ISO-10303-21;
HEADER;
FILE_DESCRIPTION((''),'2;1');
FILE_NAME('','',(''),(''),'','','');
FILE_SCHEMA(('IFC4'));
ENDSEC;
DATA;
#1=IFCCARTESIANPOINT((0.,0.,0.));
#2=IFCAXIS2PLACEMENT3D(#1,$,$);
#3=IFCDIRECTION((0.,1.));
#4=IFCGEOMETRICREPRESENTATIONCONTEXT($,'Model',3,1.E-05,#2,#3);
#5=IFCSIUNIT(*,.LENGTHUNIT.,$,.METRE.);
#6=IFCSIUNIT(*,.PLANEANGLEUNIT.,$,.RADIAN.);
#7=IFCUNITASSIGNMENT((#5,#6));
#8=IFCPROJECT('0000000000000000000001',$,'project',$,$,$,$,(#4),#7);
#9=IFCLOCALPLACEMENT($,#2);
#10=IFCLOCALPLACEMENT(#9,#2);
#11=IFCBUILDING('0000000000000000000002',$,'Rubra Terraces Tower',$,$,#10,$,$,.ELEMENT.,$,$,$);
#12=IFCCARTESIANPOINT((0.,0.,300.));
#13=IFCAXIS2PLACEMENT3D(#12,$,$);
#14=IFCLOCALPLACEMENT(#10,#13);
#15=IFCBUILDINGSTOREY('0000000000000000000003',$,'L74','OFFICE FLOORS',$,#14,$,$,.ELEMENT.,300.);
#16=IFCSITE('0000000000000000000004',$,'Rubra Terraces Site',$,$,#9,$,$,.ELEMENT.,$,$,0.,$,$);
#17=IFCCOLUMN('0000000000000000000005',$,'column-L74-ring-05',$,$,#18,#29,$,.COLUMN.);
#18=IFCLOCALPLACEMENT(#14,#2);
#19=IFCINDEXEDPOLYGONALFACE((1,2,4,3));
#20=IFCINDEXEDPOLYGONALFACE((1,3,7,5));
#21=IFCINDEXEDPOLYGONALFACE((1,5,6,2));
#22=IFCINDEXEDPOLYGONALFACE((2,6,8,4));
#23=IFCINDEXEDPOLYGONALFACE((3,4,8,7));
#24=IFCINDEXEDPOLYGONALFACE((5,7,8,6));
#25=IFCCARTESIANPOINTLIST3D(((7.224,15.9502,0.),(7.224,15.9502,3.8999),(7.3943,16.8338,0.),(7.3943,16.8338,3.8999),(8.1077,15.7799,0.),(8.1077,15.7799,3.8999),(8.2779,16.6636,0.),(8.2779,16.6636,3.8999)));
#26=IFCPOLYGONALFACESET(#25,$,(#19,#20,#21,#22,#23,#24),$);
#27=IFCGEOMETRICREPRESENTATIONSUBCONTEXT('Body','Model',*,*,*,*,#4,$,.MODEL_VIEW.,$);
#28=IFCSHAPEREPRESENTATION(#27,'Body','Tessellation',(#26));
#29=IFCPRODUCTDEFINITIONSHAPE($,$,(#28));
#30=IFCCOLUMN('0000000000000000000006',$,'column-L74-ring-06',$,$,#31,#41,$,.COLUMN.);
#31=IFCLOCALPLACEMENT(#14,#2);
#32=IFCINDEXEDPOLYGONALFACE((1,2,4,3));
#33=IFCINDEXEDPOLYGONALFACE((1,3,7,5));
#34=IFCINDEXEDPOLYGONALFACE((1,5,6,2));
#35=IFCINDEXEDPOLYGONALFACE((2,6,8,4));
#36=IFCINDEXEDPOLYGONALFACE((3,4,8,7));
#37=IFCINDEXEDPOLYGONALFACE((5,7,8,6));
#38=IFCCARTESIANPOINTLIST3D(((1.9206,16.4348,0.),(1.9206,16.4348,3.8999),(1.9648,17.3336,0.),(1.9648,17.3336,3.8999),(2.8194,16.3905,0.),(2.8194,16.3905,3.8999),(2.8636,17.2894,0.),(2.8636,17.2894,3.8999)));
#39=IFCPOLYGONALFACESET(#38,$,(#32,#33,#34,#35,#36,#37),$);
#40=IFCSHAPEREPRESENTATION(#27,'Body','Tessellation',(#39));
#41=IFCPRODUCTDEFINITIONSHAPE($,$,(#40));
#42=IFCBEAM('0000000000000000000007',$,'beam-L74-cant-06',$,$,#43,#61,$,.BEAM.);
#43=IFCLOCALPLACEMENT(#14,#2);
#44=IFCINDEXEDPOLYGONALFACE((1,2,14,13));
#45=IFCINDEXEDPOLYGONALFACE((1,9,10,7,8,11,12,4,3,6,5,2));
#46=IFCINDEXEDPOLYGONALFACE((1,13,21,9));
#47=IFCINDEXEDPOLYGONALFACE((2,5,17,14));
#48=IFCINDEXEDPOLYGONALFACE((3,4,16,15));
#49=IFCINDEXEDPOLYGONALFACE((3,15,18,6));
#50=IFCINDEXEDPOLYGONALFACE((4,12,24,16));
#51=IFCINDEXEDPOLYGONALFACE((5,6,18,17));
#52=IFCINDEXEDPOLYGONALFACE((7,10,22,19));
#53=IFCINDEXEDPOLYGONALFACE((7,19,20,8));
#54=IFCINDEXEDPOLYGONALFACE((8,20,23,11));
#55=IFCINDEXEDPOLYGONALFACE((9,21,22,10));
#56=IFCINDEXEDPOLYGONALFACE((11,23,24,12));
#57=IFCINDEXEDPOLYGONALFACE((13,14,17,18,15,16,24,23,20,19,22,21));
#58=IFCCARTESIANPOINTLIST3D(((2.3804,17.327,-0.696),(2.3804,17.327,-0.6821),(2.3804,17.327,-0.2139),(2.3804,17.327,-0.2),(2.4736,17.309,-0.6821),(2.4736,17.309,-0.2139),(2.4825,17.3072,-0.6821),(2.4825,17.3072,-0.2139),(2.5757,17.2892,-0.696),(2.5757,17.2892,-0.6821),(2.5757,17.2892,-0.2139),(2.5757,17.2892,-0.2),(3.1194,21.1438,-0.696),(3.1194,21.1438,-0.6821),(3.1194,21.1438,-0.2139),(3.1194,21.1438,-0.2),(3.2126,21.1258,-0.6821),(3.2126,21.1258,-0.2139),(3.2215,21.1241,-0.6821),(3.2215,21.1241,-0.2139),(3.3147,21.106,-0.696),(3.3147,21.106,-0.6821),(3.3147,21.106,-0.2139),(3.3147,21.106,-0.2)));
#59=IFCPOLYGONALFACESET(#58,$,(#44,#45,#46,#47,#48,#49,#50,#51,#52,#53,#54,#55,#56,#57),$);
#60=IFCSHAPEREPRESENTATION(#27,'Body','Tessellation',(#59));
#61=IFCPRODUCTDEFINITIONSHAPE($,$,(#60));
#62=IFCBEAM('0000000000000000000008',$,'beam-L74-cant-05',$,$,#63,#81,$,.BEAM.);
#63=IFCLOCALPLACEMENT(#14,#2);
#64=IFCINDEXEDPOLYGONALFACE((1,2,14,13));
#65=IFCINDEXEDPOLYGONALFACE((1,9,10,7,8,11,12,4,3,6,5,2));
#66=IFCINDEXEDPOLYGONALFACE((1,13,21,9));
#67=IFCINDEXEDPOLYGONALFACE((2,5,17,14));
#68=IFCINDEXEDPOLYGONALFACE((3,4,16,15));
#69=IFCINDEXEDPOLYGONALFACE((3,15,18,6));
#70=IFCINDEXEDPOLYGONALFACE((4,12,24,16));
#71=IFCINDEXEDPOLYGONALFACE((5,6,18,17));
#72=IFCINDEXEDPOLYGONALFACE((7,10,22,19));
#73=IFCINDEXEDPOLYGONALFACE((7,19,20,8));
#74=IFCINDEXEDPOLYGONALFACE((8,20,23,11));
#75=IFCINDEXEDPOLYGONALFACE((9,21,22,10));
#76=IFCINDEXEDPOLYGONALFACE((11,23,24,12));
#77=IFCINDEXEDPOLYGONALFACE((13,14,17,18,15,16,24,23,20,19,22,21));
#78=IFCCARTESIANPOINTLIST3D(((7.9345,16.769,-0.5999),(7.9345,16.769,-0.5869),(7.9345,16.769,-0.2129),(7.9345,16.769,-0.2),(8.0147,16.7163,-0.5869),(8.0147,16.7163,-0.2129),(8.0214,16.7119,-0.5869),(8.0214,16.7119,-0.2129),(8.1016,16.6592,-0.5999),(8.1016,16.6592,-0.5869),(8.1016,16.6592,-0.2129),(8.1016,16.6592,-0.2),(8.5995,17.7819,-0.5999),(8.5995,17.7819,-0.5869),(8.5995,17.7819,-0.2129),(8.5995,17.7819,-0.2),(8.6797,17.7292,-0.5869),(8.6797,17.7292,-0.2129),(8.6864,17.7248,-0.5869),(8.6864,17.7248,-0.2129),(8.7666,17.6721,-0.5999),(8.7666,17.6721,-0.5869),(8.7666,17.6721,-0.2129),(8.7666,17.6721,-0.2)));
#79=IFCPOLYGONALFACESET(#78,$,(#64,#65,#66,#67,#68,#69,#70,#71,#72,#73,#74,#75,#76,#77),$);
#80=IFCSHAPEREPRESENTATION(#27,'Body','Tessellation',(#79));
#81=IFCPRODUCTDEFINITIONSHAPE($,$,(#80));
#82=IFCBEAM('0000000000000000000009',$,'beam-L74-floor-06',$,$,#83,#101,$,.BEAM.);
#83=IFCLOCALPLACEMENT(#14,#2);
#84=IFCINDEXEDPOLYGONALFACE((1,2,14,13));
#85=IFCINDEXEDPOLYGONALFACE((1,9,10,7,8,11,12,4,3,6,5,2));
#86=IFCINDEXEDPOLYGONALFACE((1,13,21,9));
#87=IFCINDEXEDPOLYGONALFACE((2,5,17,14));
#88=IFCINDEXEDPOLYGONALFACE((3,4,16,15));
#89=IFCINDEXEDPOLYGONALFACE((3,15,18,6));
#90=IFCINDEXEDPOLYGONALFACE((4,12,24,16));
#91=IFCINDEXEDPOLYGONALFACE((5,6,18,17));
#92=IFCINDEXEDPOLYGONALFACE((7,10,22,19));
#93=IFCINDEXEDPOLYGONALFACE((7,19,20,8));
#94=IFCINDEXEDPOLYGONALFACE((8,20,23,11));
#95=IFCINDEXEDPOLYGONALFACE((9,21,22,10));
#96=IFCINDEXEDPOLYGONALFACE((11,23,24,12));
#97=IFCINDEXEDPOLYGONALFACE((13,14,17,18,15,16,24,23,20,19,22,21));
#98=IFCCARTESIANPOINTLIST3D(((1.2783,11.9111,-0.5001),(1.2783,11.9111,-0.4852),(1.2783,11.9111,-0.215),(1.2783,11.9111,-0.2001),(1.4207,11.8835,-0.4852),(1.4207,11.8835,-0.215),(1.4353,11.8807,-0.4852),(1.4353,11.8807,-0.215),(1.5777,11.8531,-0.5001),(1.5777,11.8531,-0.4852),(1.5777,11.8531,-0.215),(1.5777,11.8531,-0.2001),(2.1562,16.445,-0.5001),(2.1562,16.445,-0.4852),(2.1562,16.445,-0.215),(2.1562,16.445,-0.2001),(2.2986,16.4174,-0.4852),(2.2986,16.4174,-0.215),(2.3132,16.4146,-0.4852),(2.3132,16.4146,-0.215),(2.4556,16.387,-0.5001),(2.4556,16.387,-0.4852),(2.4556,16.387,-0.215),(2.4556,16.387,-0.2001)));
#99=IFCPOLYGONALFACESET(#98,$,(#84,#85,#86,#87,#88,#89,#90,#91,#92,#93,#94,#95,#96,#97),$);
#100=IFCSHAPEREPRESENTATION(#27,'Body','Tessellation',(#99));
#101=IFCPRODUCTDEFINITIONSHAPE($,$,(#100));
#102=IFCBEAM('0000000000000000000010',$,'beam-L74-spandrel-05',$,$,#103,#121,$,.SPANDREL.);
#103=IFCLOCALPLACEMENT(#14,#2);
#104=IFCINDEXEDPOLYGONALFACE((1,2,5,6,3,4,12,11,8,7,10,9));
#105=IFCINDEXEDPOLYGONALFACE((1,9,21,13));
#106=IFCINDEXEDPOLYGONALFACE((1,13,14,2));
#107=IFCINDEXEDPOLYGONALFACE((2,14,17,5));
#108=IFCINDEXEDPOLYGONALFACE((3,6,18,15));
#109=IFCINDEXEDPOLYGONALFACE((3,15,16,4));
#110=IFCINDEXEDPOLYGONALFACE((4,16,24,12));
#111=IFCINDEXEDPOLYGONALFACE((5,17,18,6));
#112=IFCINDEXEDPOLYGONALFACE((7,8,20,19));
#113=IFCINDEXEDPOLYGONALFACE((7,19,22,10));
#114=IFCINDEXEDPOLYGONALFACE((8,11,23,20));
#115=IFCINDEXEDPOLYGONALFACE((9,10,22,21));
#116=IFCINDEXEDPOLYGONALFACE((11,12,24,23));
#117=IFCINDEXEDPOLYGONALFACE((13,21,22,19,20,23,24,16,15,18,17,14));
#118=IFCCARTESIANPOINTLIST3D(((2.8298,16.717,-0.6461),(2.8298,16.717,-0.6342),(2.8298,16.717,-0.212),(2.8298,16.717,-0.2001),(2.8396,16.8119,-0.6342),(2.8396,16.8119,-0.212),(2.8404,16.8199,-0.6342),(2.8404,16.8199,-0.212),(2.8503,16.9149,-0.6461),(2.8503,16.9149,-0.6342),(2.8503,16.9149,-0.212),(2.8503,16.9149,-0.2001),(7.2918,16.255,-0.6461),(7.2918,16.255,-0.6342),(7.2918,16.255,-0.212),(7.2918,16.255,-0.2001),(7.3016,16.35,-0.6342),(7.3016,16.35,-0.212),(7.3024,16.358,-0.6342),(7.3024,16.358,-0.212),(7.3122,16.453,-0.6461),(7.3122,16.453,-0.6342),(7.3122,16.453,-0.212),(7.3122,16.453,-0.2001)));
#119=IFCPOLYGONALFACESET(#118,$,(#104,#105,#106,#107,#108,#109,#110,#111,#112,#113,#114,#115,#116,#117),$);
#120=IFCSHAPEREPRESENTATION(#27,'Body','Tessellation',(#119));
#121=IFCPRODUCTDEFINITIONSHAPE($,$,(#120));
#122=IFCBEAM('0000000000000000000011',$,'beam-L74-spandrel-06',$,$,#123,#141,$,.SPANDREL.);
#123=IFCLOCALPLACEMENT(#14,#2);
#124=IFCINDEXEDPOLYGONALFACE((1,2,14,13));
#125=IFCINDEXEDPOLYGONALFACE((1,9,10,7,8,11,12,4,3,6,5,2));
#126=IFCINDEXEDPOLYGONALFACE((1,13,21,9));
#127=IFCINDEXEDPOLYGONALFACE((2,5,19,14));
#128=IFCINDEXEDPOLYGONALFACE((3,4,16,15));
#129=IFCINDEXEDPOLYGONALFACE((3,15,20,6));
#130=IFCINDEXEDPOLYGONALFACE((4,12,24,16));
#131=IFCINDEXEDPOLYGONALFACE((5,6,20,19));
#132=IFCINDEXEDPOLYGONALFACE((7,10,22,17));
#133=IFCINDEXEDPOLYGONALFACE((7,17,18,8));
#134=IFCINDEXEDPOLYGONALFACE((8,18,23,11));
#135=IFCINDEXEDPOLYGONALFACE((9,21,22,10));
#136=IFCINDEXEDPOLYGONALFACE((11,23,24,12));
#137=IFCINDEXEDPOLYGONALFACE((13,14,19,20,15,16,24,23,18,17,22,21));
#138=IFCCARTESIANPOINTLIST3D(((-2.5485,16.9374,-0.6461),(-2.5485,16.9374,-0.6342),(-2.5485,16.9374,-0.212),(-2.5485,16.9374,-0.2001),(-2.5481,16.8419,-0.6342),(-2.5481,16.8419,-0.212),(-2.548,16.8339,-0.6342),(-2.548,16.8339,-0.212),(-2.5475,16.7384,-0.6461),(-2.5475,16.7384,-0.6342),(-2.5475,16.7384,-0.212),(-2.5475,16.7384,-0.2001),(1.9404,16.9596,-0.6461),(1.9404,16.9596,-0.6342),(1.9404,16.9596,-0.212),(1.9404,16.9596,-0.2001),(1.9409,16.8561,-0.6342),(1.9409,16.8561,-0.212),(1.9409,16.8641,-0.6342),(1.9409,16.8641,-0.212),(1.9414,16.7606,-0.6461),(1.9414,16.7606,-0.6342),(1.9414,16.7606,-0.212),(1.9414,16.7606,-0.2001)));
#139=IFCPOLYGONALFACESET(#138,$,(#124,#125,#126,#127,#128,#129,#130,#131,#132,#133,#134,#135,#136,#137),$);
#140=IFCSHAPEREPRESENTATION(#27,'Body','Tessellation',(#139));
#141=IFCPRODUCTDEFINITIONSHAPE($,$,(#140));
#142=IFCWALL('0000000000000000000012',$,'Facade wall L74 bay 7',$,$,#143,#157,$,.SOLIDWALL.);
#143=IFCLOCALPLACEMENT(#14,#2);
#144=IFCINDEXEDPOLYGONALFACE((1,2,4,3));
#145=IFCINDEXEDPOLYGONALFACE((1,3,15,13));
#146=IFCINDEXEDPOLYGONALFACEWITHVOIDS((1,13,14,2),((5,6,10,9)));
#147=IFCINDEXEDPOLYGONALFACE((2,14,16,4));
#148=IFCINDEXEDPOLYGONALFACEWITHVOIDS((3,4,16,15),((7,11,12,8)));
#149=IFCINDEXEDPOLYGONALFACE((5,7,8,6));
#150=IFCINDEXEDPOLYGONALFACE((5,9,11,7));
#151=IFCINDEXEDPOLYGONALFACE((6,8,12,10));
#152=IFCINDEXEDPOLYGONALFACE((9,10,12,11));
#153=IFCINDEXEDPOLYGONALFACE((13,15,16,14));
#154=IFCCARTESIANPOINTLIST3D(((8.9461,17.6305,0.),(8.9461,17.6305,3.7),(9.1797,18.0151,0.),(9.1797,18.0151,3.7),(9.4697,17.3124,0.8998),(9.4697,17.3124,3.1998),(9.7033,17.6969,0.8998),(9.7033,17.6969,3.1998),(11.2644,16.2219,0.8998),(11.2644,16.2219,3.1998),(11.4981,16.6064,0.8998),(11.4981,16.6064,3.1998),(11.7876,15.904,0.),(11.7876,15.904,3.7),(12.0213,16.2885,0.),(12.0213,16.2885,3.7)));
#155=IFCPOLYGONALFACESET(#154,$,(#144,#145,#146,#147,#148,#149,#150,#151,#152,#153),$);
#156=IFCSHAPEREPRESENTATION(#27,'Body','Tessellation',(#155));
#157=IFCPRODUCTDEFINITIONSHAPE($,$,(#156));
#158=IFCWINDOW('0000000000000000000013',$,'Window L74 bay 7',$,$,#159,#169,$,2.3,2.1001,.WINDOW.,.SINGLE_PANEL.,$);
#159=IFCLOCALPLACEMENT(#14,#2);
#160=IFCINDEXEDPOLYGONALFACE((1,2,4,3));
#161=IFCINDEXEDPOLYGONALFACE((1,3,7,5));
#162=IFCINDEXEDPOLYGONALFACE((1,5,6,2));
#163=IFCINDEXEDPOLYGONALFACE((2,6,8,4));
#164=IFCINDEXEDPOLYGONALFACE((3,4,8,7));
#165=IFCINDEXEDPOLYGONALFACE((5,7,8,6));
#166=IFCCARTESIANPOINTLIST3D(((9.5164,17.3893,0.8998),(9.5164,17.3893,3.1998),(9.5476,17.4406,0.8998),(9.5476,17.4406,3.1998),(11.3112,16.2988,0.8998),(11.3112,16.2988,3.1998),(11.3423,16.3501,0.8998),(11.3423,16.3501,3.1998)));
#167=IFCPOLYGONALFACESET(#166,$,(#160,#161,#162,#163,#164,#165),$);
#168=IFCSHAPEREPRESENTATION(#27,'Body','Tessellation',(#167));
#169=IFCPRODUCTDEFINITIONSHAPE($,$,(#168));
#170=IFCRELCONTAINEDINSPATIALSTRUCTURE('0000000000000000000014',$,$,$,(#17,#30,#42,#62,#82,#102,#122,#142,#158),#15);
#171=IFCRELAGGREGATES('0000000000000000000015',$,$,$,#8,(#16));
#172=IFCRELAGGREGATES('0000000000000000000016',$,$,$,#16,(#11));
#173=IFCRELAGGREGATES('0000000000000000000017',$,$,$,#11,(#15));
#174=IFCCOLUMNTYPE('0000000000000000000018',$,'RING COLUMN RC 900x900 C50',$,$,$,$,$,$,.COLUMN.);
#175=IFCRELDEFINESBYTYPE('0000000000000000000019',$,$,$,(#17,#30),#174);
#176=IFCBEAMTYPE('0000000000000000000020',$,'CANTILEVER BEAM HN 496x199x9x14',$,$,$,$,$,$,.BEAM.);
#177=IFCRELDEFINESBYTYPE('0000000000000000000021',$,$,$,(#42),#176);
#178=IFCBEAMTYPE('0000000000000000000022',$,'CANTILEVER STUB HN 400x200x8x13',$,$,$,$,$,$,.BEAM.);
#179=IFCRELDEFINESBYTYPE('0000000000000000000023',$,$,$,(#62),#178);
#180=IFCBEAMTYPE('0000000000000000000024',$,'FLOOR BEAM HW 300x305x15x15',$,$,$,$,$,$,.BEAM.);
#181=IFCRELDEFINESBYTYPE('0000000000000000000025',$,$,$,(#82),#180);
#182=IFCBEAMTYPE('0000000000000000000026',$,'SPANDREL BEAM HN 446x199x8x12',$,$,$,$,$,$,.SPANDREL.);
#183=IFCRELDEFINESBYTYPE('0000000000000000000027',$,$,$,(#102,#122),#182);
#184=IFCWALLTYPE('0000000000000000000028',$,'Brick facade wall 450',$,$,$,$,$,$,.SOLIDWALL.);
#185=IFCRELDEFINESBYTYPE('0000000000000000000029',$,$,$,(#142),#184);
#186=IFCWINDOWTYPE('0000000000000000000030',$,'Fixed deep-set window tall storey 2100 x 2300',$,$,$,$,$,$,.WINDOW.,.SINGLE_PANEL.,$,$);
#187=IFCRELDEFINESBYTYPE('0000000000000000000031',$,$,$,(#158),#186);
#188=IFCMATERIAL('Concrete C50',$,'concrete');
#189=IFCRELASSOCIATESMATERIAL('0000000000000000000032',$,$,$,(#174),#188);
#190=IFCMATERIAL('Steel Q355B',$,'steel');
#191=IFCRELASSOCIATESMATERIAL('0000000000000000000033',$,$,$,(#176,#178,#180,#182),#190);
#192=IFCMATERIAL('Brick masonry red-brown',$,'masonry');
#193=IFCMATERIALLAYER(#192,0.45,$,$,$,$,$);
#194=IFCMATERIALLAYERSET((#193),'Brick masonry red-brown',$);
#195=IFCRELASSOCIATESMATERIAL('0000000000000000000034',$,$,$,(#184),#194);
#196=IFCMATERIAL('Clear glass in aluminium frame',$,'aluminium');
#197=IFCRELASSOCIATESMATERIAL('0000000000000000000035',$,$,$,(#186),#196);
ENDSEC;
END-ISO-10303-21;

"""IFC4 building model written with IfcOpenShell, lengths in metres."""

from ifc_helpers import new_model, si_unit, direction, frame, frame_2d, origin, origin_2d, place, context, subcontext, project, spatial, rectangle, i_section, extrude, material, layer, layer_set, material_profile, profile_set, type_object, element, fill, save


model = new_model("IFC4")

# Units and contexts
model_context = context("Model", 3, precision=1e-05, world=origin(), true_north=direction((0.0, 1.0)))
body_context = subcontext(model_context, "Body", "Model", "MODEL_VIEW")
ifc_project = project(units=[si_unit("LENGTHUNIT", "METRE"), si_unit("PLANEANGLEUNIT", "RADIAN")], contexts=[model_context])

# Site, building, storey
site_placement = place(None, origin())
site = spatial("IfcSite", under=ifc_project, at=site_placement, Name="Rubra Terraces Site", CompositionType="ELEMENT", RefElevation=0.0)
building_placement = place(site_placement, origin())
building = spatial("IfcBuilding", under=site, at=building_placement, Name="Rubra Terraces Tower", CompositionType="ELEMENT")
storey_placement = place(building_placement, frame((0.0, 0.0, 300.0)))
storey = spatial("IfcBuildingStorey", under=building, at=storey_placement, Name="L74", Description="OFFICE FLOORS", CompositionType="ELEMENT", Elevation=300.0)

# Columns
ifc_material_1 = material(Name="Concrete C50", Category="concrete")
ifc_material_profile_1 = material_profile(ifc_material_1, rectangle(XDim=0.8999, YDim=0.8999, at=origin_2d()), Name="RC 900x900")
ifc_profile_set_1 = profile_set([ifc_material_profile_1], Name="Concrete C50")
column_type = type_object("IfcColumnType", Name="RING COLUMN RC 900x900 C50", PredefinedType="COLUMN", material=ifc_profile_set_1)
for number, where, z_axis, x_axis, name in (
    (1, (7.751, 16.3069, 0.0), (0.0, 0.0, 1.0), (-0.981937, 0.18921, 0.0), "column-L74-ring-05"),
    (2, (2.3921, 16.8621, 0.0), (0.0, 0.0, 1.0), (-0.998791, 0.04915, 0.0), "column-L74-ring-06"),
):
    element("IfcColumn", number, at=place(storey_placement, frame(where, z_axis=z_axis, x_axis=x_axis)), inside=storey, type_object=column_type, Name=name, PredefinedType="COLUMN", context=body_context, shape_type="SweptSolid", body=[
        extrude(rectangle(XDim=0.8999, YDim=0.8999, at=origin_2d()), origin(), (0.0, 0.0, 1.0), 3.8999),
    ])

# Beams
ifc_material_2 = material(Name="Steel Q355B", Category="steel")
ifc_material_profile_2 = material_profile(ifc_material_2, i_section(OverallWidth=0.199, OverallDepth=0.4961, WebThickness=0.009, FlangeThickness=0.0139, at=origin_2d()), Name="HN 496x199x9x14")
ifc_profile_set_2 = profile_set([ifc_material_profile_2], Name="Steel Q355B")
beam_type_1 = type_object("IfcBeamType", Name="CANTILEVER BEAM HN 496x199x9x14", PredefinedType="BEAM", material=ifc_profile_set_2)
beam_1_placement = place(storey_placement, frame((2.478, 17.3081, -0.448), z_axis=(0.190086, 0.981767, 0.0), x_axis=(-0.981767, 0.190086, 0.0)))
element("IfcBeam", 3, at=beam_1_placement, inside=storey, type_object=beam_type_1, Name="beam-L74-cant-06", PredefinedType="BEAM", context=body_context, shape_type="SweptSolid", body=[
    extrude(i_section(OverallWidth=0.199, OverallDepth=0.4961, WebThickness=0.009, FlangeThickness=0.0139, at=origin_2d()), origin(), (0.0, 0.0, 1.0), 3.8877),
])
ifc_material_profile_3 = material_profile(ifc_material_2, i_section(OverallWidth=0.2, OverallDepth=0.3999, WebThickness=0.0081, FlangeThickness=0.0129, at=origin_2d()), Name="HN 400x200x8x13")
ifc_profile_set_3 = profile_set([ifc_material_profile_3], Name="Steel Q355B")
beam_type_2 = type_object("IfcBeamType", Name="CANTILEVER STUB HN 400x200x8x13", PredefinedType="BEAM", material=ifc_profile_set_3)
beam_2_placement = place(storey_placement, frame((8.0181, 16.7141, -0.3999), z_axis=(0.548828, 0.835935, 0.0), x_axis=(-0.835935, 0.548828, 0.0)))
element("IfcBeam", 4, at=beam_2_placement, inside=storey, type_object=beam_type_2, Name="beam-L74-cant-05", PredefinedType="BEAM", context=body_context, shape_type="SweptSolid", body=[
    extrude(i_section(OverallWidth=0.2, OverallDepth=0.3999, WebThickness=0.0081, FlangeThickness=0.0129, at=origin_2d()), origin(), (0.0, 0.0, 1.0), 1.2117),
])
ifc_material_profile_4 = material_profile(ifc_material_2, i_section(OverallWidth=0.3049, OverallDepth=0.3, WebThickness=0.0149, FlangeThickness=0.0149, at=origin_2d()), Name="HW 300x305x15x15")
ifc_profile_set_4 = profile_set([ifc_material_profile_4], Name="Steel Q355B")
beam_type_3 = type_object("IfcBeamType", Name="FLOOR BEAM HW 300x305x15x15", PredefinedType="BEAM", material=ifc_profile_set_4)
beam_3_placement = place(storey_placement, frame((2.3059, 16.416, -0.3501), z_axis=(-0.190104, -0.981764, 0.0), x_axis=(0.981764, -0.190104, 0.0)))
element("IfcBeam", 5, at=beam_3_placement, inside=storey, type_object=beam_type_3, Name="beam-L74-floor-06", PredefinedType="BEAM", context=body_context, shape_type="SweptSolid", body=[
    extrude(i_section(OverallWidth=0.3049, OverallDepth=0.3, WebThickness=0.0149, FlangeThickness=0.0149, at=origin_2d()), origin(), (0.0, 0.0, 1.0), 4.6182),
])
ifc_material_profile_5 = material_profile(ifc_material_2, i_section(OverallWidth=0.199, OverallDepth=0.446, WebThickness=0.0081, FlangeThickness=0.012, at=origin_2d()), Name="HN 446x199x8x12")
ifc_profile_set_5 = profile_set([ifc_material_profile_5], Name="Steel Q355B")
beam_type_4 = type_object("IfcBeamType", Name="SPANDREL BEAM HN 446x199x8x12", PredefinedType="SPANDREL", material=ifc_profile_set_5)
beam_4_placement = place(storey_placement, frame((7.302, 16.354, -0.4231), z_axis=(-0.994684, 0.102973, 0.0), x_axis=(-0.102973, -0.994684, 0.0)))
element("IfcBeam", 6, at=beam_4_placement, inside=storey, type_object=beam_type_4, Name="beam-L74-spandrel-05", PredefinedType="SPANDREL", context=body_context, shape_type="SweptSolid", body=[
    extrude(i_section(OverallWidth=0.199, OverallDepth=0.446, WebThickness=0.0081, FlangeThickness=0.012, at=origin_2d()), origin(), (0.0, 0.0, 1.0), 4.4858),
])
beam_5_placement = place(storey_placement, frame((1.9409, 16.8601, -0.4231), z_axis=(-0.999988, -0.004949, 0.0), x_axis=(0.004949, -0.999988, 0.0)))
element("IfcBeam", 7, at=beam_5_placement, inside=storey, type_object=beam_type_4, Name="beam-L74-spandrel-06", PredefinedType="SPANDREL", context=body_context, shape_type="SweptSolid", body=[
    extrude(i_section(OverallWidth=0.199, OverallDepth=0.446, WebThickness=0.0081, FlangeThickness=0.012, at=origin_2d()), origin(), (0.0, 0.0, 1.0), 4.489),
])

# Wall, opening, window
ifc_material_3 = material(Name="Brick masonry red-brown", Category="masonry")
ifc_layer_1 = layer(ifc_material_3, 0.45)
ifc_layer_set_1 = layer_set([ifc_layer_1], Name="Brick masonry red-brown")
wall_type_1 = type_object("IfcWallType", Name="Brick facade wall 450", PredefinedType="SOLIDWALL", material=ifc_layer_set_1)
wall_1_placement = place(storey_placement, frame((11.9045, 16.0962, 0.0), z_axis=(0.0, 0.0, 1.0), x_axis=(-0.854609, 0.519271, 0.0)))
wall_1 = element("IfcWall", 8, at=wall_1_placement, inside=storey, type_object=wall_type_1, Name="Facade wall L74 bay 7", PredefinedType="SOLIDWALL", context=body_context, shape_type="SweptSolid", body=[
    extrude(rectangle(XDim=3.325, YDim=0.45, at=frame_2d((1.6626, 0.0))), origin(), (0.0, 0.0, 1.0), 3.7),
])
opening_1_placement = place(wall_1_placement, frame((0.6123, 0.0, 0.8999)))
opening_1 = element("IfcOpeningElement", 9, at=opening_1_placement, cuts=wall_1, PredefinedType="OPENING", context=body_context, shape_type="SweptSolid", body=[
    extrude(rectangle(XDim=2.1001, YDim=2.3, at=frame_2d((1.05, 1.1499))), frame((0.0, 0.2349, 0.0), z_axis=(0.0, -1.0, 0.0), x_axis=(1.0, 0.0, 0.0)), (0.0, 0.0, 1.0), 0.47),
])
ifc_material_4 = material(Name="Clear glass in aluminium frame", Category="aluminium")
window_type_1 = type_object("IfcWindowType", Name="Fixed deep-set window tall storey 2100 x 2300", PartitioningType="SINGLE_PANEL", PredefinedType="WINDOW", material=ifc_material_4)
window_1_placement = place(opening_1_placement, origin())
window_1 = element("IfcWindow", 10, at=window_1_placement, inside=storey, type_object=window_type_1, Name="Window L74 bay 7", OverallHeight=2.3, OverallWidth=2.1001, PartitioningType="SINGLE_PANEL", PredefinedType="WINDOW", context=body_context, shape_type="SweptSolid", body=[
    extrude(rectangle(XDim=2.1001, YDim=2.3, at=frame_2d((1.05, 1.1499))), frame((0.0, 0.135, 0.0), z_axis=(0.0, -1.0, 0.0), x_axis=(1.0, 0.0, 0.0)), (0.0, 0.0, 1.0), 0.0601),
])
fill(opening_1, window_1)

save(model, "model.ifc")
